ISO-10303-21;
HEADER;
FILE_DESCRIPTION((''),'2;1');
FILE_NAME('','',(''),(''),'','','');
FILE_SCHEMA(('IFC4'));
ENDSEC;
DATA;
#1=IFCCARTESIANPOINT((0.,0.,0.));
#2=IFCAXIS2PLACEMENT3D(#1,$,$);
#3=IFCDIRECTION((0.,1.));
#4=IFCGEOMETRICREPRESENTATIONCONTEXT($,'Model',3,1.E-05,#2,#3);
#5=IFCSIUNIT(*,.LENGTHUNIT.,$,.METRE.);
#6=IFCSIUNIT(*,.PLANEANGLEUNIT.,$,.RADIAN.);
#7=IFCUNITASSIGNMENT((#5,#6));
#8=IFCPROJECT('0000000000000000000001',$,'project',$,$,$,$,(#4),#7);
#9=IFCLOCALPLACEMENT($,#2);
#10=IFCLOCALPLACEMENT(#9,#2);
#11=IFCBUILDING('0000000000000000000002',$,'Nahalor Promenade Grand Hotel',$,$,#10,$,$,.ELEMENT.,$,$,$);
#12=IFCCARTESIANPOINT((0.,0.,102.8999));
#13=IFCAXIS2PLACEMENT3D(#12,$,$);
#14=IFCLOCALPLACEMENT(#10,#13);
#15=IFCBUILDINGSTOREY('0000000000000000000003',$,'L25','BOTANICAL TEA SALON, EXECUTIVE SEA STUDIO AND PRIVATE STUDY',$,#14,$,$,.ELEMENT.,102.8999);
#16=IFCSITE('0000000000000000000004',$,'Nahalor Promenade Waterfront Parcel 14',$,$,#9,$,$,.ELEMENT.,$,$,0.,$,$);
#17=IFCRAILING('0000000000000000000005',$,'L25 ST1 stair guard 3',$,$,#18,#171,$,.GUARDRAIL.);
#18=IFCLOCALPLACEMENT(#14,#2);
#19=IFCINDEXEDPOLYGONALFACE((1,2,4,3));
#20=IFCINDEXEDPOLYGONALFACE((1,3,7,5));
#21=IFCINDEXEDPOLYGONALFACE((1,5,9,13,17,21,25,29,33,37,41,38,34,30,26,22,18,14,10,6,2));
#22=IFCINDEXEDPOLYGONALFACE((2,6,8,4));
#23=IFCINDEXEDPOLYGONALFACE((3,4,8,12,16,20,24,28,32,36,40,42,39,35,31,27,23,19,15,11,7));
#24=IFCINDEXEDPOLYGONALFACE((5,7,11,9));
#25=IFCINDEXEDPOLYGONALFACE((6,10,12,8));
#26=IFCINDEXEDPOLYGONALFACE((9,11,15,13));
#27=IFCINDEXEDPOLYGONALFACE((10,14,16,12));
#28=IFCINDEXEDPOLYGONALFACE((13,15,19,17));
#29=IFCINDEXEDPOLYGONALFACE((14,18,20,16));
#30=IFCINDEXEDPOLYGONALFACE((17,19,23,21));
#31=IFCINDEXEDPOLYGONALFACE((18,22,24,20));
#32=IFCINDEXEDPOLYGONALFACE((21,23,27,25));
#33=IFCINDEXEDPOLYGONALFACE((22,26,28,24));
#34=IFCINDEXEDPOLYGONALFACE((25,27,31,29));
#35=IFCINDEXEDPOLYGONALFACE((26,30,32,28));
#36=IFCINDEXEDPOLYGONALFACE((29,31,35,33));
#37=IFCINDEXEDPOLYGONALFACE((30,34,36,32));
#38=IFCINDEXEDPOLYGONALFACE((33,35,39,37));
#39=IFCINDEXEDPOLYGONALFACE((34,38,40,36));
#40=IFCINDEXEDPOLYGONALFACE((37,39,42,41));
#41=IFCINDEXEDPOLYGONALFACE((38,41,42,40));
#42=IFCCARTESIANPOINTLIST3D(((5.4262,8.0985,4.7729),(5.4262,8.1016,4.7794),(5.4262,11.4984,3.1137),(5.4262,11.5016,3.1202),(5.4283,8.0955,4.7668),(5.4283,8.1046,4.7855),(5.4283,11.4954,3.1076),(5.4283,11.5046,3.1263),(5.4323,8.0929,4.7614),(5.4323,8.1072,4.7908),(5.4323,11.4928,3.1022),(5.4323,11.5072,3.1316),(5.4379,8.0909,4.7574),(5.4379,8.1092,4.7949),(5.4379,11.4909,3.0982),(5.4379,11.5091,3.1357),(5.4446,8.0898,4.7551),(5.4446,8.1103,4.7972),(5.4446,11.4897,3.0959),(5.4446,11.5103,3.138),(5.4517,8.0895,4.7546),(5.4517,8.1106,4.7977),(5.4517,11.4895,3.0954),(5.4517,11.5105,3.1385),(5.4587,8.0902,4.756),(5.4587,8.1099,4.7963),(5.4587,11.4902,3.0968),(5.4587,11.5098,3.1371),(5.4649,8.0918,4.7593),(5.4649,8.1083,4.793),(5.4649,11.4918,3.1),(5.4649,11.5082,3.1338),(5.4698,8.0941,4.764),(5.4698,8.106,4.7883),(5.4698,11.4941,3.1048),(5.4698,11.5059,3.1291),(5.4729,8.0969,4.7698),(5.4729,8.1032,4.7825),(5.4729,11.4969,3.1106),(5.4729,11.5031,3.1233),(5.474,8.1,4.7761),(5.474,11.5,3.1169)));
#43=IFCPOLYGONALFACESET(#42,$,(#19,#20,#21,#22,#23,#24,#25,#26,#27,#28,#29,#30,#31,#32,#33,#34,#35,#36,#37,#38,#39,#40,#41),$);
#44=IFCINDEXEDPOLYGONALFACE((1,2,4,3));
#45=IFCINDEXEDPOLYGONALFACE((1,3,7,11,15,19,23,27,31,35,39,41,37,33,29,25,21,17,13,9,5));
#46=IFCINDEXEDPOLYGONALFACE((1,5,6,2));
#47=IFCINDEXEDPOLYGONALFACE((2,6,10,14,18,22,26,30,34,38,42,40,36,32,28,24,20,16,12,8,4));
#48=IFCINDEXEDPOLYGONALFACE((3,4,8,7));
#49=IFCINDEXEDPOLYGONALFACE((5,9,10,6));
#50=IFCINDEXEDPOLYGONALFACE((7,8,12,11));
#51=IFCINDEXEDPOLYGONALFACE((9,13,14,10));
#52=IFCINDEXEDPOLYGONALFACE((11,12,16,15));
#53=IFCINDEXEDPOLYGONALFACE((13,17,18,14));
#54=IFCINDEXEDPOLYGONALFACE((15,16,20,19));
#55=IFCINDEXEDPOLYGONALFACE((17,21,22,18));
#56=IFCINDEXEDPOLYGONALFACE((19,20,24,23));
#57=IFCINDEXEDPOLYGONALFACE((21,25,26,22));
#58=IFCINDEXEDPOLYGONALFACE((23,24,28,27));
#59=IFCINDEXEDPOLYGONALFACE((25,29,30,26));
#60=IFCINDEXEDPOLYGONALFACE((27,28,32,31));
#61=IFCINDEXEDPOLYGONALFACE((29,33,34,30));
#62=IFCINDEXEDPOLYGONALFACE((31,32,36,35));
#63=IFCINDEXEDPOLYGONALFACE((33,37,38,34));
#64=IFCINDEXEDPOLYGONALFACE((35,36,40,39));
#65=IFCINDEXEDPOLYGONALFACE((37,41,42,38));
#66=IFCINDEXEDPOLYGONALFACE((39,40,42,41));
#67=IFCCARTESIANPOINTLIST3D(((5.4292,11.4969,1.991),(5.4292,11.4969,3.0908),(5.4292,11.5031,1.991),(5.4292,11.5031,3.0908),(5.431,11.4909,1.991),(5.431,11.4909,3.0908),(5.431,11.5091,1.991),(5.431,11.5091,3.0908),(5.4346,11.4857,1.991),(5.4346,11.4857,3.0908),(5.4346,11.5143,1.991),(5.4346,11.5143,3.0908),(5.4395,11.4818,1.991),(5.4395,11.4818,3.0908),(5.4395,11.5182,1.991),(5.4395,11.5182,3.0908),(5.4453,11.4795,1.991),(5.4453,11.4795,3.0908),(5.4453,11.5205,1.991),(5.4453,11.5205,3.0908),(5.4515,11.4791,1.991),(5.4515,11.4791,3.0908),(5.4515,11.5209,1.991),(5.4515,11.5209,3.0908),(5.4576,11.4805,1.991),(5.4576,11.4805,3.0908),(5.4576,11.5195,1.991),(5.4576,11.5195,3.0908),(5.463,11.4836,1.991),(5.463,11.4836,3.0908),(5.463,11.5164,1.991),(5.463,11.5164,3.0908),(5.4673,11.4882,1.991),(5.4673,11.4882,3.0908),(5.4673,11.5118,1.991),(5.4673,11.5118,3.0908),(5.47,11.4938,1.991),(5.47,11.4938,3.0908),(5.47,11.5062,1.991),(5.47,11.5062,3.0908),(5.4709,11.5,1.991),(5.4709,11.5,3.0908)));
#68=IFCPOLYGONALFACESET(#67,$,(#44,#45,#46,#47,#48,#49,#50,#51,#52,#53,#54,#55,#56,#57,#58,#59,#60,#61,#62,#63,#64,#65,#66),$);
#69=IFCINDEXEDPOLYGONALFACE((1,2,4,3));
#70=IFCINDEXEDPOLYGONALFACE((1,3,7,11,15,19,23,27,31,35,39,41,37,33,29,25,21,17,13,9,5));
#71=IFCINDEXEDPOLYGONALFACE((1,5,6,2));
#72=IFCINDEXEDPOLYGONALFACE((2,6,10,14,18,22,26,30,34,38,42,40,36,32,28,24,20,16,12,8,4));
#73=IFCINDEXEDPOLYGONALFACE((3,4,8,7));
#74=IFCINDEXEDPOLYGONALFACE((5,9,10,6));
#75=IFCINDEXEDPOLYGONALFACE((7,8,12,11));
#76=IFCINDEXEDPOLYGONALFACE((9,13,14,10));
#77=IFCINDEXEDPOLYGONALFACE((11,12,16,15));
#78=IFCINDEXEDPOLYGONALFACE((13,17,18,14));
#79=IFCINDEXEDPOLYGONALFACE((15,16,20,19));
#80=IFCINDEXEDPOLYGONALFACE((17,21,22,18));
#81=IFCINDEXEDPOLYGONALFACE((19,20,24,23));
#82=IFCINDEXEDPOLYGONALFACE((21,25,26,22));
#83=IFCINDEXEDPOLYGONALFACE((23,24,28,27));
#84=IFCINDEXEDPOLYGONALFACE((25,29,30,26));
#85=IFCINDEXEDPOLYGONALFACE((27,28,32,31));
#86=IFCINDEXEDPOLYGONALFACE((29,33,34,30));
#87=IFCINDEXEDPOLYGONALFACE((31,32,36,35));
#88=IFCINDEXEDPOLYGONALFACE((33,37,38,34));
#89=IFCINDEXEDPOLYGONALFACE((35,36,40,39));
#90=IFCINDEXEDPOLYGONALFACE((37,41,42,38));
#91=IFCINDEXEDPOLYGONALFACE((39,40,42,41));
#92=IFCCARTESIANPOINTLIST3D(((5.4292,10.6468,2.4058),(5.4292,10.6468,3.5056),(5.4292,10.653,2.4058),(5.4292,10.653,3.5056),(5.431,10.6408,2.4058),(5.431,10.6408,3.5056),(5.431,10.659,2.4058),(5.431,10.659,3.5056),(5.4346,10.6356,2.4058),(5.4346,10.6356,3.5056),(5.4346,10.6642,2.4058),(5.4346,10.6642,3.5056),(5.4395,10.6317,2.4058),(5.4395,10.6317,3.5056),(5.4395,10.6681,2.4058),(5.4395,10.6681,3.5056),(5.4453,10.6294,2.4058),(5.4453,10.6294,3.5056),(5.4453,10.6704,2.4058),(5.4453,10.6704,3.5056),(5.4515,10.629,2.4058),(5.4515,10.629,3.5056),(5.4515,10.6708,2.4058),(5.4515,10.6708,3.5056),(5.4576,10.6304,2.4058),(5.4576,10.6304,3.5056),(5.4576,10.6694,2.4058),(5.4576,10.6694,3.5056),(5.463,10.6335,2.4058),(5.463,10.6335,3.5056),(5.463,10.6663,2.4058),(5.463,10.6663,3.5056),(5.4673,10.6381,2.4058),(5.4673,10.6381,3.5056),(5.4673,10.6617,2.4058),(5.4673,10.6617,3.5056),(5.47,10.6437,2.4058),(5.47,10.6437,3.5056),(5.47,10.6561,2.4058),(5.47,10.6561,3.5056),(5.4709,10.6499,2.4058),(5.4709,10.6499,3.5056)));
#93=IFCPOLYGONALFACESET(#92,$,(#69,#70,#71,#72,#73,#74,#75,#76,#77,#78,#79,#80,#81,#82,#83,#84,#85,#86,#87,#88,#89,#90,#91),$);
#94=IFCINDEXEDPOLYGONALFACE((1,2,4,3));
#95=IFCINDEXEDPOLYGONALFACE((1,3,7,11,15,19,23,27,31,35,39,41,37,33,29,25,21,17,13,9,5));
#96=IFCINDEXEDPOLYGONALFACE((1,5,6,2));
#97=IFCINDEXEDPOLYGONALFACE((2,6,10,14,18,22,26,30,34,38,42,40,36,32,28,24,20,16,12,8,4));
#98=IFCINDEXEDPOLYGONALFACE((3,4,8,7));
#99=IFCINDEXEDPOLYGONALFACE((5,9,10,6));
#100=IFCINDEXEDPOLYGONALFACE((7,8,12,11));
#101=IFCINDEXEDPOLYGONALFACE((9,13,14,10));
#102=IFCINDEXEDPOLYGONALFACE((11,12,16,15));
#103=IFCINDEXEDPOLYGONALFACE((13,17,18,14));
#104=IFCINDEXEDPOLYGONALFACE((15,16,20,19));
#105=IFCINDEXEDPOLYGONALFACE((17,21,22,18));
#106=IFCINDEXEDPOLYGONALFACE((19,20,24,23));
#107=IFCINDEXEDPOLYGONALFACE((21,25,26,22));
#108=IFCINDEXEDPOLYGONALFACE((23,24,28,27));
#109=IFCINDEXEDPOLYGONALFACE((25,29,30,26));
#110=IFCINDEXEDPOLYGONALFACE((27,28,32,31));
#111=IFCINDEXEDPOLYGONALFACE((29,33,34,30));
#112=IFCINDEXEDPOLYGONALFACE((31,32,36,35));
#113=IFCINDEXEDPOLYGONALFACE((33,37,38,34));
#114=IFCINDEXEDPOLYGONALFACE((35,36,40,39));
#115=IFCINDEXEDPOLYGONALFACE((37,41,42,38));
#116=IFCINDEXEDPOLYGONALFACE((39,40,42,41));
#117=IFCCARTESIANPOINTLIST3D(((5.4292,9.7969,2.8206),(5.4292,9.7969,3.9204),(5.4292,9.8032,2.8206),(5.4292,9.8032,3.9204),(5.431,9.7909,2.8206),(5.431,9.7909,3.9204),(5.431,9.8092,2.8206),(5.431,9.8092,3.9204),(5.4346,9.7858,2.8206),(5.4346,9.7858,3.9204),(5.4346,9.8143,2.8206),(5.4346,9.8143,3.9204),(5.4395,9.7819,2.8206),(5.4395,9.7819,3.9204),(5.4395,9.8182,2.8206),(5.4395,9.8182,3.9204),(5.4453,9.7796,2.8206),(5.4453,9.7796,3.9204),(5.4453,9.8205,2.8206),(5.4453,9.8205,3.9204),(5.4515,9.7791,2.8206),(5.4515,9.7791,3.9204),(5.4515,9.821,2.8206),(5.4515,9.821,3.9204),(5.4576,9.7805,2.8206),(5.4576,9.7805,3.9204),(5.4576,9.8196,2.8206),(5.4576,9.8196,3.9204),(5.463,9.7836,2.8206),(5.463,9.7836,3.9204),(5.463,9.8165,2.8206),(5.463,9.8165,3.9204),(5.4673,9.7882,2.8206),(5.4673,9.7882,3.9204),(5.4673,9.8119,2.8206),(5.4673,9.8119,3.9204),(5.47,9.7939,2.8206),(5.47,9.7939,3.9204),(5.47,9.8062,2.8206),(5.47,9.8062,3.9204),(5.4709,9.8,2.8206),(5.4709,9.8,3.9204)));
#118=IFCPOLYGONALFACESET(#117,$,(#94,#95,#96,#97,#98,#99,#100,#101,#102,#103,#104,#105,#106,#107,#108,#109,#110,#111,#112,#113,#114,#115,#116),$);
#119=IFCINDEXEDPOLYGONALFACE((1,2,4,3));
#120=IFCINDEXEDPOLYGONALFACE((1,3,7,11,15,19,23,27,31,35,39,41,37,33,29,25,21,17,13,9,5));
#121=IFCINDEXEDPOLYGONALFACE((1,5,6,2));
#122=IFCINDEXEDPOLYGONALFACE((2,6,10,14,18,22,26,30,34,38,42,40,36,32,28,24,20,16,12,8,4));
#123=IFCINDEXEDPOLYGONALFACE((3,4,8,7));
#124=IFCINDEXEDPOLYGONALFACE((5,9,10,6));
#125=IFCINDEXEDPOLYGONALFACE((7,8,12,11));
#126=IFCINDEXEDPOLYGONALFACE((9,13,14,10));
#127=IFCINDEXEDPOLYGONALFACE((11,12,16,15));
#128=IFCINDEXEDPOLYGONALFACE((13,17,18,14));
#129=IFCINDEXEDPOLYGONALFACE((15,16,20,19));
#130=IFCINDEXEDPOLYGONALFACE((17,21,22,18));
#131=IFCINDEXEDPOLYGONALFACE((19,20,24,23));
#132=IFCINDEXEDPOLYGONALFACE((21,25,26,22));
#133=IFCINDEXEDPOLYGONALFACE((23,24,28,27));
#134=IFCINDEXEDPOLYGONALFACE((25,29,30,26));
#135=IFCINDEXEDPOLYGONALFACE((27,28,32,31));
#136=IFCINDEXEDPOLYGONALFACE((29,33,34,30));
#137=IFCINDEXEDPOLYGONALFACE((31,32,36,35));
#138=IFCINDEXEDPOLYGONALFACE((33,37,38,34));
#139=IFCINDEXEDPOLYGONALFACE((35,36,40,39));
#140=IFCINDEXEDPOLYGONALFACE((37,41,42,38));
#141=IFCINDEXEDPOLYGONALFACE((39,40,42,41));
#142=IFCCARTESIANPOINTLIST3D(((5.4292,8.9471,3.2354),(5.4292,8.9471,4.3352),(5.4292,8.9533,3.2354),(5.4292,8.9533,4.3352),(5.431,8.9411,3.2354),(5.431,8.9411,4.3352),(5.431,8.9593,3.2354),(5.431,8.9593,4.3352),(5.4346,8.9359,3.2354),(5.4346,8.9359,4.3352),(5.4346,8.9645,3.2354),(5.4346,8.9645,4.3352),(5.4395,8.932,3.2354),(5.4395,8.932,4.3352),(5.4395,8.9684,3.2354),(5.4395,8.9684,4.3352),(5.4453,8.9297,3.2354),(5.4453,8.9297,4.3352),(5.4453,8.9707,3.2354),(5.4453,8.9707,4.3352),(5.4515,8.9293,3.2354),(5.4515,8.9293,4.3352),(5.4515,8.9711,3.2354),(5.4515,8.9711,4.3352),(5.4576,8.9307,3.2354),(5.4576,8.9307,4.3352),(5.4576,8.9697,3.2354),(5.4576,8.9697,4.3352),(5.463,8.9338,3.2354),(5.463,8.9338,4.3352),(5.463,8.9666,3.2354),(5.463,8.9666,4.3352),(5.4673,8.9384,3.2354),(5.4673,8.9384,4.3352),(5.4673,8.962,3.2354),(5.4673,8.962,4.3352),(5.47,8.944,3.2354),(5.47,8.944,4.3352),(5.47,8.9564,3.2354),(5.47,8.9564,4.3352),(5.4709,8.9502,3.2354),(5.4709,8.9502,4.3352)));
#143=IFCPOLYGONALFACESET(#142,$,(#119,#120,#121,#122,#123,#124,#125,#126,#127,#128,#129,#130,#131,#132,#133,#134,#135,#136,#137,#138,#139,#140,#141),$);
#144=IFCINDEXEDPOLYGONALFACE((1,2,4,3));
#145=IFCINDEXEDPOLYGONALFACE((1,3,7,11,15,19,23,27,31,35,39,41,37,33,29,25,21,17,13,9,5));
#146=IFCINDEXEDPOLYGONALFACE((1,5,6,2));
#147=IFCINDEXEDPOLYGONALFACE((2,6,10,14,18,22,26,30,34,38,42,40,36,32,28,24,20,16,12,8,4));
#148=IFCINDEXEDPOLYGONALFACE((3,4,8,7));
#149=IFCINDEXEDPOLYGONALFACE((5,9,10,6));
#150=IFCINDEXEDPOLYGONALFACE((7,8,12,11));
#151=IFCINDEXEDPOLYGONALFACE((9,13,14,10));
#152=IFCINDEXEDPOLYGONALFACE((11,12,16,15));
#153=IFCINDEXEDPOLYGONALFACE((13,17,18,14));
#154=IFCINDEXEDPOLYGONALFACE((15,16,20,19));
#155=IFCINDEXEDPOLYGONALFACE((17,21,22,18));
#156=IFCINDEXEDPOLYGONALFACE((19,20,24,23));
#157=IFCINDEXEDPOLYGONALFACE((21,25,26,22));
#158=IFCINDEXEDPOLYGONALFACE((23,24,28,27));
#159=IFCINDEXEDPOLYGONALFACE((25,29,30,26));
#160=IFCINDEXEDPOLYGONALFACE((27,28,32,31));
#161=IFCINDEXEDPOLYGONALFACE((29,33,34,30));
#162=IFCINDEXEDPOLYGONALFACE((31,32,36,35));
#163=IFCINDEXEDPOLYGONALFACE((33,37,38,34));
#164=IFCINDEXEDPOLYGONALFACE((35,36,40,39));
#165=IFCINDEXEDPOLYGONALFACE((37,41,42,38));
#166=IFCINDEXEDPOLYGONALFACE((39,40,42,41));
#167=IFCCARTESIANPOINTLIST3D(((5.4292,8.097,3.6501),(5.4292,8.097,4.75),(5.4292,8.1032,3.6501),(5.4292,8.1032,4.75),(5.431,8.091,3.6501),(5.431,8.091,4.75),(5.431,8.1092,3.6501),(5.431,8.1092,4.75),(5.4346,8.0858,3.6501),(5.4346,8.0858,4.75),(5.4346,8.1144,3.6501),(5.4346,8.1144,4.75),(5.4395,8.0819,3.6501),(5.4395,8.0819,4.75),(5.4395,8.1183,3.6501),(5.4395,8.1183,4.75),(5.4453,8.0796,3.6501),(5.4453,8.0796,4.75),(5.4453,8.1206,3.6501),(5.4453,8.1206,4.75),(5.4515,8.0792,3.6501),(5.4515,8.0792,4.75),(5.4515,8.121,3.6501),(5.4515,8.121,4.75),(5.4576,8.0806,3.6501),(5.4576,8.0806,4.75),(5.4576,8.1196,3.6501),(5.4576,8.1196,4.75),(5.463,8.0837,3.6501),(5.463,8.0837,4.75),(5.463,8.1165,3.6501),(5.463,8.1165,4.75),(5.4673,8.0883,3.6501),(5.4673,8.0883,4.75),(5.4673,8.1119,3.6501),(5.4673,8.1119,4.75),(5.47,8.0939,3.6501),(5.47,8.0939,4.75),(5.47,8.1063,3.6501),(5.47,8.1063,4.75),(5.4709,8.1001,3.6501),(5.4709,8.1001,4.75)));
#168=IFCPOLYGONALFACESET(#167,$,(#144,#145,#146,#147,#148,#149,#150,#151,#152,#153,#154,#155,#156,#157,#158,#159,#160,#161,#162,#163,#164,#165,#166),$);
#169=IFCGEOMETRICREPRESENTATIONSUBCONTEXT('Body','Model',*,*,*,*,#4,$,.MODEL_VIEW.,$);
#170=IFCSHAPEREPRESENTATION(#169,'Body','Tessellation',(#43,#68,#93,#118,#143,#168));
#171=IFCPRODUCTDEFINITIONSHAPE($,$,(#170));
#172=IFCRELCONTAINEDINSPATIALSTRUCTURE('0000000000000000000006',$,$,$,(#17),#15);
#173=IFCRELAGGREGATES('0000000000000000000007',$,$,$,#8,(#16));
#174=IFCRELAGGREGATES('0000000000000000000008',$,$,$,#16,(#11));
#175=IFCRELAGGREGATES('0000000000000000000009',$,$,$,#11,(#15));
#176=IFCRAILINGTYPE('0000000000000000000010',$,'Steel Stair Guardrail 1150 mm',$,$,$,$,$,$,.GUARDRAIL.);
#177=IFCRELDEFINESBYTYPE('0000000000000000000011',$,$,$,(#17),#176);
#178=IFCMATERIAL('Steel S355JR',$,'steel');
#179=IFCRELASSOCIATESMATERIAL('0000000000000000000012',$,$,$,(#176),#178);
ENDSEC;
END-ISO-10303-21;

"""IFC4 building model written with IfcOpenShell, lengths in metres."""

from ifc_helpers import new_model, si_unit, direction, frame, origin, origin_2d, place, context, subcontext, project, spatial, circle, extrude, material, type_object, element, save


model = new_model("IFC4")

# Units and contexts
model_context = context("Model", 3, precision=1e-05, world=origin(), true_north=direction((0.0, 1.0)))
body_context = subcontext(model_context, "Body", "Model", "MODEL_VIEW")
ifc_project = project(units=[si_unit("LENGTHUNIT", "METRE"), si_unit("PLANEANGLEUNIT", "RADIAN")], contexts=[model_context])

# Site, building, storey
site_placement = place(None, origin())
site = spatial("IfcSite", under=ifc_project, at=site_placement, Name="Nahalor Promenade Waterfront Parcel 14", CompositionType="ELEMENT", RefElevation=0.0)
building_placement = place(site_placement, origin())
building = spatial("IfcBuilding", under=site, at=building_placement, Name="Nahalor Promenade Grand Hotel", CompositionType="ELEMENT")
storey_placement = place(building_placement, frame((0.0, 0.0, 102.8999)))
storey = spatial("IfcBuildingStorey", under=building, at=storey_placement, Name="L25", Description="BOTANICAL TEA SALON, EXECUTIVE SEA STUDIO AND PRIVATE STUDY", CompositionType="ELEMENT", Elevation=102.8999)

# Shared definitions
ifc_material_1 = material(Name="Steel S355JR", Category="steel")

# Railing
railing_type = type_object("IfcRailingType", Name="Steel Stair Guardrail 1150 mm", PredefinedType="GUARDRAIL", material=ifc_material_1)
railing_1_placement = place(storey_placement, frame((5.45, 11.5, 1.991)))
element("IfcRailing", 1, at=railing_1_placement, inside=storey, type_object=railing_type, Name="L25 ST1 stair guard 3", PredefinedType="GUARDRAIL", context=body_context, shape_type="SweptSolid", body=[
    extrude(circle(Radius=0.024, at=origin_2d()), frame((0.0, 0.0, 1.126), z_axis=(0.0, -0.898696, 0.438571), x_axis=(1.0, 0.0, 0.0)), (0.0, 0.0, 1.0), 3.7832),
    extrude(circle(Radius=0.021, at=origin_2d()), origin(), (0.0, 0.0, 1.0), 1.0999),
    extrude(circle(Radius=0.021, at=origin_2d()), frame((0.0, -0.8501, 0.4148)), (0.0, 0.0, 1.0), 1.0999),
    extrude(circle(Radius=0.021, at=origin_2d()), frame((0.0, -1.7, 0.8296)), (0.0, 0.0, 1.0), 1.0999),
    extrude(circle(Radius=0.021, at=origin_2d()), frame((0.0, -2.5498, 1.2444)), (0.0, 0.0, 1.0), 1.0999),
    extrude(circle(Radius=0.021, at=origin_2d()), frame((0.0, -3.3999, 1.6592)), (0.0, 0.0, 1.0), 1.0999),
])

save(model, "model.ifc")
